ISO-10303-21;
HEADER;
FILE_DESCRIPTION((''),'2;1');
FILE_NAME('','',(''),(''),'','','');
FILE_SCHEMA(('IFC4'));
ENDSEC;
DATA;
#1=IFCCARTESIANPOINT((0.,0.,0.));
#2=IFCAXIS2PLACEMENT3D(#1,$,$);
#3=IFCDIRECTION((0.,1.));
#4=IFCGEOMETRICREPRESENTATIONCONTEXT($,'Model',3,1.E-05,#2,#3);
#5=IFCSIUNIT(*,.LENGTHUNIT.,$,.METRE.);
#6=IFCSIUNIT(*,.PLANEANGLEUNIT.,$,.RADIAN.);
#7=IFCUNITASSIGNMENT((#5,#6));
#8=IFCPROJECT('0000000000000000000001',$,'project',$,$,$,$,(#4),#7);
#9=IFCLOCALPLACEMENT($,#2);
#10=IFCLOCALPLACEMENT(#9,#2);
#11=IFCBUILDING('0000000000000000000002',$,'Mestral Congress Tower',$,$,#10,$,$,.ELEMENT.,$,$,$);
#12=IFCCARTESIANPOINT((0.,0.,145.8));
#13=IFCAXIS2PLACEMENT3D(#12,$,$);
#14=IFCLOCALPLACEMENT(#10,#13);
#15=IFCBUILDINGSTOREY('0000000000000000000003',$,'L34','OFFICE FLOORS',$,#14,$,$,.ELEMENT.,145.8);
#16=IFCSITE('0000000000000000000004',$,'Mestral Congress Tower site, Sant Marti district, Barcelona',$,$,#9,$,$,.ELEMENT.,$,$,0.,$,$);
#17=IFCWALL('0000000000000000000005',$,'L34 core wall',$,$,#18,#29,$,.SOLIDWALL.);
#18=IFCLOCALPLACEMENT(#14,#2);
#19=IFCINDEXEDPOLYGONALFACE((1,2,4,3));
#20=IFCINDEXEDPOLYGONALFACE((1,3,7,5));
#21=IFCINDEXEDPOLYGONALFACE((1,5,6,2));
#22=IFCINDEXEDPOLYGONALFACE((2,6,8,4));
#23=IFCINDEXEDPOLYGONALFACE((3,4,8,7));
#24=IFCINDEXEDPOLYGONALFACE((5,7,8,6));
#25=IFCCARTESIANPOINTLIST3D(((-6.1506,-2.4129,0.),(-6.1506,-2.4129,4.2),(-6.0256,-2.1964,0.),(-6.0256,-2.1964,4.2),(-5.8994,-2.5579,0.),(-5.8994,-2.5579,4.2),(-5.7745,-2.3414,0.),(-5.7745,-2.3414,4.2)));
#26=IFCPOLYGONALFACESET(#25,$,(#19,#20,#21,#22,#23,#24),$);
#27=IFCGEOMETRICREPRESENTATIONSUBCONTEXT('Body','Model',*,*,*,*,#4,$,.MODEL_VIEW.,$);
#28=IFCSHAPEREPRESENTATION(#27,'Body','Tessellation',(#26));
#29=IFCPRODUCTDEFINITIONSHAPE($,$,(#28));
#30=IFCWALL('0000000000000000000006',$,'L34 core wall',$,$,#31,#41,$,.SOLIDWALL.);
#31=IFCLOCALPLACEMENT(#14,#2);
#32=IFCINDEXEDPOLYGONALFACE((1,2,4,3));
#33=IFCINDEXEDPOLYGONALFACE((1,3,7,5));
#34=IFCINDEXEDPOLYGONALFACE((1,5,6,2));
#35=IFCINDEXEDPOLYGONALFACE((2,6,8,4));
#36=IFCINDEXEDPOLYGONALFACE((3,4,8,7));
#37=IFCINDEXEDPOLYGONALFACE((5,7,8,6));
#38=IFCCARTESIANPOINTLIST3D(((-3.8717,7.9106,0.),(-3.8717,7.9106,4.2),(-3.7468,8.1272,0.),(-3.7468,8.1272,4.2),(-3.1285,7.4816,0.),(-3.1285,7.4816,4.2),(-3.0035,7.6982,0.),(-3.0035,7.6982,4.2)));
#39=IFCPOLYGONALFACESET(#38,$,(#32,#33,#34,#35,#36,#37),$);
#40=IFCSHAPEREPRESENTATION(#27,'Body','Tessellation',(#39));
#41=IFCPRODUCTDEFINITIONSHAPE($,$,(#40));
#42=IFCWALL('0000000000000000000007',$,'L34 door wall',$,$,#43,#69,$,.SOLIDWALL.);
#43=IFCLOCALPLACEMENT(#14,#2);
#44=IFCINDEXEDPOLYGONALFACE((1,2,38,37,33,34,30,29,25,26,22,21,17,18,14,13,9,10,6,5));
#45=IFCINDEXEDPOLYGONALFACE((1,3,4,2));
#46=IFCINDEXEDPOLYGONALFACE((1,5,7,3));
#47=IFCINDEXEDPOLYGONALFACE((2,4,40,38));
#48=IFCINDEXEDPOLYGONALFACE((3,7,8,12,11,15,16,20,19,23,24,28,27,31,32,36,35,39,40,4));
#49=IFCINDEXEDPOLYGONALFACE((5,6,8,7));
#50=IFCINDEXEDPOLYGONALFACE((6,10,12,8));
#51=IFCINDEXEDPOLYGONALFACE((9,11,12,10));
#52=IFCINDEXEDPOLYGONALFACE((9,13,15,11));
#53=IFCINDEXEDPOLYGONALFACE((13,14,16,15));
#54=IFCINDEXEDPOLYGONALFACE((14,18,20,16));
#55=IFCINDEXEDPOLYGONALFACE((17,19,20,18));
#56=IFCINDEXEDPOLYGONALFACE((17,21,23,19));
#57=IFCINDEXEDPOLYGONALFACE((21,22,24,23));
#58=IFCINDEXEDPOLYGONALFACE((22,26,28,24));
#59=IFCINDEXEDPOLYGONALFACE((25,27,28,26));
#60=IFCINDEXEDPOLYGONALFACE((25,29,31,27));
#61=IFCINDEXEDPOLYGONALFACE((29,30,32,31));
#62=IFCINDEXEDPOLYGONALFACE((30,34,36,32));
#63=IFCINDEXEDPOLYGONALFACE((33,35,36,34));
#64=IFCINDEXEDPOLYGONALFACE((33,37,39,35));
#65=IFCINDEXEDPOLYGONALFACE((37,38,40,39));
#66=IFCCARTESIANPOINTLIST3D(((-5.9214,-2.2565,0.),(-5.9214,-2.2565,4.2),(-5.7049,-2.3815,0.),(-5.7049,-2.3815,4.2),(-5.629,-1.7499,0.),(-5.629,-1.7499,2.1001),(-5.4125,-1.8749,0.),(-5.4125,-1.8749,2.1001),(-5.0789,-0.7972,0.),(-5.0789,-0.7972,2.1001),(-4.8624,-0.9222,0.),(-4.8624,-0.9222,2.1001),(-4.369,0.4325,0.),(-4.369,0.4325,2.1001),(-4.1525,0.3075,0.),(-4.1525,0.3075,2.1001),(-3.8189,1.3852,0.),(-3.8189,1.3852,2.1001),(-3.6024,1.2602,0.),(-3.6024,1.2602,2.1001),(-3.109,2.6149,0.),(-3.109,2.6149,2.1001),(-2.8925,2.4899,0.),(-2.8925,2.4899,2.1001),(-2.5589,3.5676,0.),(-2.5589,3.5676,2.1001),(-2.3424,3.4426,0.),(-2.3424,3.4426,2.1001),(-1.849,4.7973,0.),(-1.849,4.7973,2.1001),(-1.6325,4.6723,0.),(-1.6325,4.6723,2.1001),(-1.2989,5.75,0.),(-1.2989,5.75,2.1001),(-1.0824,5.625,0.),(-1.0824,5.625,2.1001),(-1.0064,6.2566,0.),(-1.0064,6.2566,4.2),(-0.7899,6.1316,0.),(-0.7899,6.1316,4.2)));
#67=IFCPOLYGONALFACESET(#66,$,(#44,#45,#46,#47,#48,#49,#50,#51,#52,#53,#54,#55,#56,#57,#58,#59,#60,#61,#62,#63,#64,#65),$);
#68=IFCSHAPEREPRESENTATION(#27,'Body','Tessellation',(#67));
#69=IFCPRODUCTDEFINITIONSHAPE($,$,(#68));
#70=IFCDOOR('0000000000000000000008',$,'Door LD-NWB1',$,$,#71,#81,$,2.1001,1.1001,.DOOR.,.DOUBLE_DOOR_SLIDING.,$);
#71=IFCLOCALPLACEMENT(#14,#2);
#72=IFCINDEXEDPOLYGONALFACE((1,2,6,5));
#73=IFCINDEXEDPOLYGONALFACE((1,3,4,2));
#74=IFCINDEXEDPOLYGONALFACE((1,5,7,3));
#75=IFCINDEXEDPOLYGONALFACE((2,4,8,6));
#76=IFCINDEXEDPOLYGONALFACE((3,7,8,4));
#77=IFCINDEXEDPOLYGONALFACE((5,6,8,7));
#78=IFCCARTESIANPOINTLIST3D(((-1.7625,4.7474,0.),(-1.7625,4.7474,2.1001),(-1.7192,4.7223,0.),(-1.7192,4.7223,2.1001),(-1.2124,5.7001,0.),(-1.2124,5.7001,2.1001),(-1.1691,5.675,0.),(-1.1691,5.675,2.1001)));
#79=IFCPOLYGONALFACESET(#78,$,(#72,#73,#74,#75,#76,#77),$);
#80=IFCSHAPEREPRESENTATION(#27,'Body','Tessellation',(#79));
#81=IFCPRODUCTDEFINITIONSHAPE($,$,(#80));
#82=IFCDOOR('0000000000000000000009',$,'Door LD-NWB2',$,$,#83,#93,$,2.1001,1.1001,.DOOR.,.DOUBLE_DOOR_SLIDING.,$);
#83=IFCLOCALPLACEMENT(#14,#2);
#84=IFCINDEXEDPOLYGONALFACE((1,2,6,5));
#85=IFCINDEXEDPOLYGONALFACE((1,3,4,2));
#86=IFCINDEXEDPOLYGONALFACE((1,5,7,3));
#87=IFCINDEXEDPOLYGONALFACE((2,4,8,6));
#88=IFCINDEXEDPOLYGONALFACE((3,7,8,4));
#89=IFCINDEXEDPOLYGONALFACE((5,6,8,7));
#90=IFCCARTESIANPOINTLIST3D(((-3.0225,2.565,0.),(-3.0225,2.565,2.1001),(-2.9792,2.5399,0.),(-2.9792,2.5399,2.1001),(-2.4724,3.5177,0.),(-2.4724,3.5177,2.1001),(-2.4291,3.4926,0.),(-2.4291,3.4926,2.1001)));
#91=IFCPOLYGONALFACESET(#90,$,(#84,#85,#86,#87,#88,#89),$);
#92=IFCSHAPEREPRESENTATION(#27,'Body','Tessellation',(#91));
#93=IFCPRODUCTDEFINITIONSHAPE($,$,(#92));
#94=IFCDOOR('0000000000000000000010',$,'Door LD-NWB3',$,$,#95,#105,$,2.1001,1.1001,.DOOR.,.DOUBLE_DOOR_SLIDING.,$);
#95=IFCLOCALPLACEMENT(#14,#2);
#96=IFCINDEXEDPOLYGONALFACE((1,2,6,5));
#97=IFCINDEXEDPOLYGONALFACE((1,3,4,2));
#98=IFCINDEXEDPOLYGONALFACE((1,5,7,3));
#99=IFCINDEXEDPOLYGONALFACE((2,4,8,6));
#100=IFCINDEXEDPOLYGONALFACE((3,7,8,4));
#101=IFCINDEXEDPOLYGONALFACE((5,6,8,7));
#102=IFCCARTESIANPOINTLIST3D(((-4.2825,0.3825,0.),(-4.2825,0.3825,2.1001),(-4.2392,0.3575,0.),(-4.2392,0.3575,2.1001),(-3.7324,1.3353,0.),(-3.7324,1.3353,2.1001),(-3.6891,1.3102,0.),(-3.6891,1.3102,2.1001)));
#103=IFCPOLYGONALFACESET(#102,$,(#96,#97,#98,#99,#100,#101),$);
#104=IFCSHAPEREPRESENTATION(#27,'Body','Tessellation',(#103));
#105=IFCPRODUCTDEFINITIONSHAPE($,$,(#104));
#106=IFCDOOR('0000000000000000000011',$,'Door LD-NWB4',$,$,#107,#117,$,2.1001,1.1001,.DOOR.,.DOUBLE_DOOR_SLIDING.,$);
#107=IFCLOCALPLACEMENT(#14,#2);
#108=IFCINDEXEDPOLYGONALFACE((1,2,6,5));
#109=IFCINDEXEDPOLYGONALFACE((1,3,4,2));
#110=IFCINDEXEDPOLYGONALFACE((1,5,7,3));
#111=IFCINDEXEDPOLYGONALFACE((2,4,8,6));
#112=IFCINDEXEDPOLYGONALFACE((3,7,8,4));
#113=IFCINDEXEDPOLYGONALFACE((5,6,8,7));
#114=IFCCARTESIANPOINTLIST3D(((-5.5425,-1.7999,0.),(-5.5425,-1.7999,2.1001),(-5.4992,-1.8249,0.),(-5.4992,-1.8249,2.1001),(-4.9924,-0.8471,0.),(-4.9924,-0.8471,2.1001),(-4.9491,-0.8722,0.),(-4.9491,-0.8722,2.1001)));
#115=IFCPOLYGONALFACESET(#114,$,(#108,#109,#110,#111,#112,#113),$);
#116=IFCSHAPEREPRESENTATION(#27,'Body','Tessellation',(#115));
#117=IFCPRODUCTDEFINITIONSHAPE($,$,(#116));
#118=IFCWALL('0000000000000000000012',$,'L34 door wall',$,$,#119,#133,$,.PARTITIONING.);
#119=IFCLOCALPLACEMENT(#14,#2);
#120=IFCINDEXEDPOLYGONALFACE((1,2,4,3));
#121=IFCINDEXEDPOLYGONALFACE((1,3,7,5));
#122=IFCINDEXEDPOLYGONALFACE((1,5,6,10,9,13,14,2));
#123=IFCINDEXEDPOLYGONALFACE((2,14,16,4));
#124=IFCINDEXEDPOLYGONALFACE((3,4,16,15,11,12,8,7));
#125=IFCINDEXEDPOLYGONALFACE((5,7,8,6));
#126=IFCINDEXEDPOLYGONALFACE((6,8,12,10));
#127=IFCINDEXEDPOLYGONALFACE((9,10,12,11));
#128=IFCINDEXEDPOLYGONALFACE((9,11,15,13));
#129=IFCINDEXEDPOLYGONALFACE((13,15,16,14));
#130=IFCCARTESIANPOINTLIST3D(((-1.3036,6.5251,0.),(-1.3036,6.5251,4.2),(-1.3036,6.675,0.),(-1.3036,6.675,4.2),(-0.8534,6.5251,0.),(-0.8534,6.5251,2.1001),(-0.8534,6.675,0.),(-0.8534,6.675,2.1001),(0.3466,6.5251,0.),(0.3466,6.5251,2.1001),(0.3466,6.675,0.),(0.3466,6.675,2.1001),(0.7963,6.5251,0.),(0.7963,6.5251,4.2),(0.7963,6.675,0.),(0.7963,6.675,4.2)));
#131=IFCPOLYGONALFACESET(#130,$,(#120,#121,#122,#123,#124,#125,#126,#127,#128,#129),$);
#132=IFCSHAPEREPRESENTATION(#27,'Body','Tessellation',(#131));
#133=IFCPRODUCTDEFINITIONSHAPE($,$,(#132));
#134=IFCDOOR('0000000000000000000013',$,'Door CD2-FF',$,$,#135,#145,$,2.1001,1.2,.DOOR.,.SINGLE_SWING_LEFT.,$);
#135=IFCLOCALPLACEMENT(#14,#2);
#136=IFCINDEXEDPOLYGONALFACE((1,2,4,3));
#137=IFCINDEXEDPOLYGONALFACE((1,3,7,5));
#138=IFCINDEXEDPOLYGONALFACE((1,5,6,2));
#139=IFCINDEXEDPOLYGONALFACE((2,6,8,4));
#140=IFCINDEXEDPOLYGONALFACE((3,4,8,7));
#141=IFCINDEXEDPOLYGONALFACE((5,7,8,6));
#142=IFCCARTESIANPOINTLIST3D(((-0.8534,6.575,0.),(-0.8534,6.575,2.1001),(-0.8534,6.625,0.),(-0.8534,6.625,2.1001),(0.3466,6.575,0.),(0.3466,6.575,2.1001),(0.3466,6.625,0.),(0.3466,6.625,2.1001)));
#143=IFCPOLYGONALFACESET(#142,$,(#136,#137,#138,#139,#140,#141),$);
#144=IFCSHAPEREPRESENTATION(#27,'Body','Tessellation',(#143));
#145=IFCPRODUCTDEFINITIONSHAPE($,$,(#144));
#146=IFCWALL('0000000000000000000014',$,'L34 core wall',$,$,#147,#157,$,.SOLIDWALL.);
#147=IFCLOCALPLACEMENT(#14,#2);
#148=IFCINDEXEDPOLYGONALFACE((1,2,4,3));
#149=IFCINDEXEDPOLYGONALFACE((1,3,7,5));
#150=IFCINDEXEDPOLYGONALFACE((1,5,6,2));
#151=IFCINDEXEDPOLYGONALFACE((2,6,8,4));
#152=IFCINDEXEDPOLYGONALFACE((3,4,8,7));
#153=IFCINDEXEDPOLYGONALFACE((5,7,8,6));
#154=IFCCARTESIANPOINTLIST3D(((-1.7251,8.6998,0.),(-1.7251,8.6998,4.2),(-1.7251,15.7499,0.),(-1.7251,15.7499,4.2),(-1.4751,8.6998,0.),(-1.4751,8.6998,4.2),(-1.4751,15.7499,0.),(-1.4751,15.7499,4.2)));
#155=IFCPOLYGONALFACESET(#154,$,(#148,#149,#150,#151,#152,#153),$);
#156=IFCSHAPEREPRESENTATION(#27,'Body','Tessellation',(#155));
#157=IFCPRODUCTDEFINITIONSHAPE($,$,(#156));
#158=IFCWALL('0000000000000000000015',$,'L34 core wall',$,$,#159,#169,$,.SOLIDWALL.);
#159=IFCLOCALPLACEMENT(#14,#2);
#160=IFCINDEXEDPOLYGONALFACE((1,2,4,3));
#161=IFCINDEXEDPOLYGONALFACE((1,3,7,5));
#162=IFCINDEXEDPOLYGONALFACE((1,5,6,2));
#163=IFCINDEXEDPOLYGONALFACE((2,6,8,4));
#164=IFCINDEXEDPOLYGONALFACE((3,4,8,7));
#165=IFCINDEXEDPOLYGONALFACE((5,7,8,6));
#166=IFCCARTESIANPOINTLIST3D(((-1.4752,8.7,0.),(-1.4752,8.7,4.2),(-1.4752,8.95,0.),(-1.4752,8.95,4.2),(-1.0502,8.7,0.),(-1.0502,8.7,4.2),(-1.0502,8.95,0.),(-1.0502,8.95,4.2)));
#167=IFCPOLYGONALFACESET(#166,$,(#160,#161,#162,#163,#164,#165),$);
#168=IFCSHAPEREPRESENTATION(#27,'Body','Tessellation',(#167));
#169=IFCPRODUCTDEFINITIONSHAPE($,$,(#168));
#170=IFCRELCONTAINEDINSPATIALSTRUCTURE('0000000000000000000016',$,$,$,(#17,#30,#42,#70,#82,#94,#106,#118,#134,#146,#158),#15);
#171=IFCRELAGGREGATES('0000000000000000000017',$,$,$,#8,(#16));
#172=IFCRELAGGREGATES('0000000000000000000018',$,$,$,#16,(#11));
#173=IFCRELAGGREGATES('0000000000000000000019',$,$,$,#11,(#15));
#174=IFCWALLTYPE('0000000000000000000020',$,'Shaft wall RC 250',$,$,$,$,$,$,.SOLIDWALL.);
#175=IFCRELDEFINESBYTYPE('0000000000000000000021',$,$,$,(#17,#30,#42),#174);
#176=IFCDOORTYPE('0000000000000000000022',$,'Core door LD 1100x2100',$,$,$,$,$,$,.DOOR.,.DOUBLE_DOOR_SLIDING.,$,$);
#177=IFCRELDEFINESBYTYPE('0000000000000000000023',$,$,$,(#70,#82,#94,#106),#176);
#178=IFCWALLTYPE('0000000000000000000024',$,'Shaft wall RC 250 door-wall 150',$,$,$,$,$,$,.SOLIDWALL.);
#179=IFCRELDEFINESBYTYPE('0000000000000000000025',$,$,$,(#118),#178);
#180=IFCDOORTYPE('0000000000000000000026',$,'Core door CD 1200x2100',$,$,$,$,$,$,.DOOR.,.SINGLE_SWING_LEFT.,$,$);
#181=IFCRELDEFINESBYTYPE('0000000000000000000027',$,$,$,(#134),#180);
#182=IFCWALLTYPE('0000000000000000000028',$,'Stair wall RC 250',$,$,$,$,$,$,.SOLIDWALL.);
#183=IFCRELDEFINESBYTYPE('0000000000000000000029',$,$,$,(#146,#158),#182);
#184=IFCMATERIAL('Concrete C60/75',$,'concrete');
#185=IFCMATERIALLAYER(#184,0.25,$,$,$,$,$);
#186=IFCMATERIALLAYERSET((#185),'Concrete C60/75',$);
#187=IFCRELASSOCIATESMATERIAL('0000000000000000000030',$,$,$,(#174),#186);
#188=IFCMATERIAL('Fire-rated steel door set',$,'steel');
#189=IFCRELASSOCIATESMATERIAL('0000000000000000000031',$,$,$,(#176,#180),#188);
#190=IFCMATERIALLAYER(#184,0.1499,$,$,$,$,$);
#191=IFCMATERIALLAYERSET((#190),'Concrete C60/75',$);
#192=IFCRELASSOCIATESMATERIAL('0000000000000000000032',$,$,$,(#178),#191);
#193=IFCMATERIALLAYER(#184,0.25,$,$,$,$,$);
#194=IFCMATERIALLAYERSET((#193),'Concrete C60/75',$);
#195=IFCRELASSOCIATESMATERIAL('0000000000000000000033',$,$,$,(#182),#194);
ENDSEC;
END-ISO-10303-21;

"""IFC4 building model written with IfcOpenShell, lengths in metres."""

from ifc_helpers import new_model, si_unit, direction, frame, frame_2d, origin, place, context, subcontext, project, spatial, rectangle, extrude, material, layer, layer_set, type_object, element, fill, save


model = new_model("IFC4")

# Units and contexts
model_context = context("Model", 3, precision=1e-05, world=origin(), true_north=direction((0.0, 1.0)))
body_context = subcontext(model_context, "Body", "Model", "MODEL_VIEW")
ifc_project = project(units=[si_unit("LENGTHUNIT", "METRE"), si_unit("PLANEANGLEUNIT", "RADIAN")], contexts=[model_context])

# Site, building, storey
site_placement = place(None, origin())
site = spatial("IfcSite", under=ifc_project, at=site_placement, Name="Mestral Congress Tower site, Sant Marti district, Barcelona", CompositionType="ELEMENT", RefElevation=0.0)
building_placement = place(site_placement, origin())
building = spatial("IfcBuilding", under=site, at=building_placement, Name="Mestral Congress Tower", CompositionType="ELEMENT")
storey_placement = place(building_placement, frame((0.0, 0.0, 145.8)))
storey = spatial("IfcBuildingStorey", under=building, at=storey_placement, Name="L34", Description="OFFICE FLOORS", CompositionType="ELEMENT", Elevation=145.8)

# Shared definitions
ifc_material_1 = material(Name="Concrete C60/75", Category="concrete")

# Shared definitions
ifc_material_2 = material(Name="Fire-rated steel door set", Category="steel")

# Walls
ifc_layer_1 = layer(ifc_material_1, 0.25)
ifc_layer_set_1 = layer_set([ifc_layer_1], Name="Concrete C60/75")
wall_type_1 = type_object("IfcWallType", Name="Shaft wall RC 250", PredefinedType="SOLIDWALL", material=ifc_layer_set_1)
wall_1_placement = place(storey_placement, frame((-6.0881, -2.3047, 0.0), z_axis=(0.0, 0.0, 1.0), x_axis=(0.866059, -0.499941, 0.0)))
element("IfcWall", 1, at=wall_1_placement, inside=storey, type_object=wall_type_1, Name="L34 core wall", PredefinedType="SOLIDWALL", context=body_context, shape_type="SweptSolid", body=[
    extrude(rectangle(XDim=0.29, YDim=0.25, at=frame_2d((0.145, 0.0))), origin(), (0.0, 0.0, 1.0), 4.2),
])
wall_2_placement = place(storey_placement, frame((-3.0659, 7.5898, 0.0), z_axis=(0.0, 0.0, 1.0), x_axis=(-0.866081, 0.499903, 0.0)))
element("IfcWall", 2, at=wall_2_placement, inside=storey, type_object=wall_type_1, Name="L34 core wall", PredefinedType="SOLIDWALL", context=body_context, shape_type="SweptSolid", body=[
    extrude(rectangle(XDim=0.8582, YDim=0.25, at=frame_2d((0.4292, 0.0))), origin(), (0.0, 0.0, 1.0), 4.2),
])

# Wall, openings, doors
wall_3_placement = place(storey_placement, frame((-0.8982, 6.1941, 0.0), z_axis=(0.0, 0.0, 1.0), x_axis=(-0.499996, -0.866028, 0.0)))
wall_3 = element("IfcWall", 3, at=wall_3_placement, inside=storey, type_object=wall_type_1, Name="L34 door wall", PredefinedType="SOLIDWALL", context=body_context, shape_type="SweptSolid", body=[
    extrude(rectangle(XDim=9.8301, YDim=0.25, at=frame_2d((4.915, 0.0))), origin(), (0.0, 0.0, 1.0), 4.2),
])
opening_1_placement = place(wall_3_placement, frame((0.585, 0.0, 0.0)))
opening_1 = element("IfcOpeningElement", 4, at=opening_1_placement, cuts=wall_3, PredefinedType="OPENING", context=body_context, shape_type="SweptSolid", body=[
    extrude(rectangle(XDim=1.1001, YDim=2.1001, at=frame_2d((0.55, 1.05))), frame((0.0, 0.135, 0.0), z_axis=(0.0, -1.0, 0.0), x_axis=(1.0, 0.0, 0.0)), (0.0, 0.0, 1.0), 0.27),
])
opening_2_placement = place(wall_3_placement, frame((3.105, 0.0, 0.0)))
opening_2 = element("IfcOpeningElement", 5, at=opening_2_placement, cuts=wall_3, PredefinedType="OPENING", context=body_context, shape_type="SweptSolid", body=[
    extrude(rectangle(XDim=1.1001, YDim=2.1001, at=frame_2d((0.55, 1.05))), frame((0.0, 0.135, 0.0), z_axis=(0.0, -1.0, 0.0), x_axis=(1.0, 0.0, 0.0)), (0.0, 0.0, 1.0), 0.27),
])
opening_3_placement = place(wall_3_placement, frame((5.625, 0.0, 0.0)))
opening_3 = element("IfcOpeningElement", 6, at=opening_3_placement, cuts=wall_3, PredefinedType="OPENING", context=body_context, shape_type="SweptSolid", body=[
    extrude(rectangle(XDim=1.1001, YDim=2.1001, at=frame_2d((0.55, 1.05))), frame((0.0, 0.135, 0.0), z_axis=(0.0, -1.0, 0.0), x_axis=(1.0, 0.0, 0.0)), (0.0, 0.0, 1.0), 0.27),
])
opening_4_placement = place(wall_3_placement, frame((8.145, 0.0, 0.0)))
opening_4 = element("IfcOpeningElement", 7, at=opening_4_placement, cuts=wall_3, PredefinedType="OPENING", context=body_context, shape_type="SweptSolid", body=[
    extrude(rectangle(XDim=1.1001, YDim=2.1001, at=frame_2d((0.55, 1.05))), frame((0.0, 0.135, 0.0), z_axis=(0.0, -1.0, 0.0), x_axis=(1.0, 0.0, 0.0)), (0.0, 0.0, 1.0), 0.27),
])
door_type_1 = type_object("IfcDoorType", Name="Core door LD 1100x2100", OperationType="DOUBLE_DOOR_SLIDING", PredefinedType="DOOR", material=ifc_material_2)
door_1_placement = place(opening_1_placement, origin())
door_1 = element("IfcDoor", 8, at=door_1_placement, inside=storey, type_object=door_type_1, Name="Door LD-NWB1", OperationType="DOUBLE_DOOR_SLIDING", OverallHeight=2.1001, OverallWidth=1.1001, PredefinedType="DOOR", context=body_context, shape_type="SweptSolid", body=[
    extrude(rectangle(XDim=1.1001, YDim=2.1001, at=frame_2d((0.55, 1.05))), frame((0.0, 0.0249, 0.0), z_axis=(0.0, -1.0, 0.0), x_axis=(1.0, 0.0, 0.0)), (0.0, 0.0, 1.0), 0.05),
])
fill(opening_1, door_1)
door_2_placement = place(opening_2_placement, origin())
door_2 = element("IfcDoor", 9, at=door_2_placement, inside=storey, type_object=door_type_1, Name="Door LD-NWB2", OperationType="DOUBLE_DOOR_SLIDING", OverallHeight=2.1001, OverallWidth=1.1001, PredefinedType="DOOR", context=body_context, shape_type="SweptSolid", body=[
    extrude(rectangle(XDim=1.1001, YDim=2.1001, at=frame_2d((0.55, 1.05))), frame((0.0, 0.0249, 0.0), z_axis=(0.0, -1.0, 0.0), x_axis=(1.0, 0.0, 0.0)), (0.0, 0.0, 1.0), 0.05),
])
fill(opening_2, door_2)
door_3_placement = place(opening_3_placement, origin())
door_3 = element("IfcDoor", 10, at=door_3_placement, inside=storey, type_object=door_type_1, Name="Door LD-NWB3", OperationType="DOUBLE_DOOR_SLIDING", OverallHeight=2.1001, OverallWidth=1.1001, PredefinedType="DOOR", context=body_context, shape_type="SweptSolid", body=[
    extrude(rectangle(XDim=1.1001, YDim=2.1001, at=frame_2d((0.55, 1.05))), frame((0.0, 0.0249, 0.0), z_axis=(0.0, -1.0, 0.0), x_axis=(1.0, 0.0, 0.0)), (0.0, 0.0, 1.0), 0.05),
])
fill(opening_3, door_3)
door_4_placement = place(opening_4_placement, origin())
door_4 = element("IfcDoor", 11, at=door_4_placement, inside=storey, type_object=door_type_1, Name="Door LD-NWB4", OperationType="DOUBLE_DOOR_SLIDING", OverallHeight=2.1001, OverallWidth=1.1001, PredefinedType="DOOR", context=body_context, shape_type="SweptSolid", body=[
    extrude(rectangle(XDim=1.1001, YDim=2.1001, at=frame_2d((0.55, 1.05))), frame((0.0, 0.0249, 0.0), z_axis=(0.0, -1.0, 0.0), x_axis=(1.0, 0.0, 0.0)), (0.0, 0.0, 1.0), 0.05),
])
fill(opening_4, door_4)

# Wall, opening, door
ifc_layer_2 = layer(ifc_material_1, 0.1499)
ifc_layer_set_2 = layer_set([ifc_layer_2], Name="Concrete C60/75")
wall_type_2 = type_object("IfcWallType", Name="Shaft wall RC 250 door-wall 150", PredefinedType="SOLIDWALL", material=ifc_layer_set_2)
wall_4_placement = place(storey_placement, frame((-1.3035, 6.6001, 0.0), z_axis=(0.0, 0.0, 1.0), x_axis=(1.0, 0.0, 0.0)))
wall_4 = element("IfcWall", 12, at=wall_4_placement, inside=storey, type_object=wall_type_2, Name="L34 door wall", PredefinedType="PARTITIONING", context=body_context, shape_type="SweptSolid", body=[
    extrude(rectangle(XDim=2.0999, YDim=0.1499, at=frame_2d((1.0498, 0.0))), origin(), (0.0, 0.0, 1.0), 4.2),
])
opening_5_placement = place(wall_4_placement, frame((0.45, 0.0, 0.0)))
opening_5 = element("IfcOpeningElement", 13, at=opening_5_placement, cuts=wall_4, PredefinedType="OPENING", context=body_context, shape_type="SweptSolid", body=[
    extrude(rectangle(XDim=1.2, YDim=2.1001, at=frame_2d((0.6001, 1.05))), frame((0.0, 0.085, 0.0), z_axis=(0.0, -1.0, 0.0), x_axis=(1.0, 0.0, 0.0)), (0.0, 0.0, 1.0), 0.1699),
])
door_type_2 = type_object("IfcDoorType", Name="Core door CD 1200x2100", OperationType="SINGLE_SWING_LEFT", PredefinedType="DOOR", material=ifc_material_2)
door_5_placement = place(opening_5_placement, origin())
door_5 = element("IfcDoor", 14, at=door_5_placement, inside=storey, type_object=door_type_2, Name="Door CD2-FF", OperationType="SINGLE_SWING_LEFT", OverallHeight=2.1001, OverallWidth=1.2, PredefinedType="DOOR", context=body_context, shape_type="SweptSolid", body=[
    extrude(rectangle(XDim=1.2, YDim=2.1001, at=frame_2d((0.6001, 1.05))), frame((0.0, 0.0249, 0.0), z_axis=(0.0, -1.0, 0.0), x_axis=(1.0, 0.0, 0.0)), (0.0, 0.0, 1.0), 0.05),
])
fill(opening_5, door_5)

# Walls
ifc_layer_3 = layer(ifc_material_1, 0.25)
ifc_layer_set_3 = layer_set([ifc_layer_3], Name="Concrete C60/75")
wall_type_3 = type_object("IfcWallType", Name="Stair wall RC 250", PredefinedType="SOLIDWALL", material=ifc_layer_set_3)
wall_5_placement = place(storey_placement, frame((-1.6001, 8.7, 0.0), z_axis=(0.0, 0.0, 1.0), x_axis=(0.0, 1.0, 0.0)))
element("IfcWall", 15, at=wall_5_placement, inside=storey, type_object=wall_type_3, Name="L34 core wall", PredefinedType="SOLIDWALL", context=body_context, shape_type="SweptSolid", body=[
    extrude(rectangle(XDim=7.05, YDim=0.25, at=frame_2d((3.5249, 0.0))), origin(), (0.0, 0.0, 1.0), 4.2),
])
wall_6_placement = place(storey_placement, frame((-1.4751, 8.825, 0.0), z_axis=(0.0, 0.0, 1.0), x_axis=(1.0, 0.0, 0.0)))
element("IfcWall", 16, at=wall_6_placement, inside=storey, type_object=wall_type_3, Name="L34 core wall", PredefinedType="SOLIDWALL", context=body_context, shape_type="SweptSolid", body=[
    extrude(rectangle(XDim=0.425, YDim=0.25, at=frame_2d((0.2124, 0.0))), origin(), (0.0, 0.0, 1.0), 4.2),
])

save(model, "model.ifc")
